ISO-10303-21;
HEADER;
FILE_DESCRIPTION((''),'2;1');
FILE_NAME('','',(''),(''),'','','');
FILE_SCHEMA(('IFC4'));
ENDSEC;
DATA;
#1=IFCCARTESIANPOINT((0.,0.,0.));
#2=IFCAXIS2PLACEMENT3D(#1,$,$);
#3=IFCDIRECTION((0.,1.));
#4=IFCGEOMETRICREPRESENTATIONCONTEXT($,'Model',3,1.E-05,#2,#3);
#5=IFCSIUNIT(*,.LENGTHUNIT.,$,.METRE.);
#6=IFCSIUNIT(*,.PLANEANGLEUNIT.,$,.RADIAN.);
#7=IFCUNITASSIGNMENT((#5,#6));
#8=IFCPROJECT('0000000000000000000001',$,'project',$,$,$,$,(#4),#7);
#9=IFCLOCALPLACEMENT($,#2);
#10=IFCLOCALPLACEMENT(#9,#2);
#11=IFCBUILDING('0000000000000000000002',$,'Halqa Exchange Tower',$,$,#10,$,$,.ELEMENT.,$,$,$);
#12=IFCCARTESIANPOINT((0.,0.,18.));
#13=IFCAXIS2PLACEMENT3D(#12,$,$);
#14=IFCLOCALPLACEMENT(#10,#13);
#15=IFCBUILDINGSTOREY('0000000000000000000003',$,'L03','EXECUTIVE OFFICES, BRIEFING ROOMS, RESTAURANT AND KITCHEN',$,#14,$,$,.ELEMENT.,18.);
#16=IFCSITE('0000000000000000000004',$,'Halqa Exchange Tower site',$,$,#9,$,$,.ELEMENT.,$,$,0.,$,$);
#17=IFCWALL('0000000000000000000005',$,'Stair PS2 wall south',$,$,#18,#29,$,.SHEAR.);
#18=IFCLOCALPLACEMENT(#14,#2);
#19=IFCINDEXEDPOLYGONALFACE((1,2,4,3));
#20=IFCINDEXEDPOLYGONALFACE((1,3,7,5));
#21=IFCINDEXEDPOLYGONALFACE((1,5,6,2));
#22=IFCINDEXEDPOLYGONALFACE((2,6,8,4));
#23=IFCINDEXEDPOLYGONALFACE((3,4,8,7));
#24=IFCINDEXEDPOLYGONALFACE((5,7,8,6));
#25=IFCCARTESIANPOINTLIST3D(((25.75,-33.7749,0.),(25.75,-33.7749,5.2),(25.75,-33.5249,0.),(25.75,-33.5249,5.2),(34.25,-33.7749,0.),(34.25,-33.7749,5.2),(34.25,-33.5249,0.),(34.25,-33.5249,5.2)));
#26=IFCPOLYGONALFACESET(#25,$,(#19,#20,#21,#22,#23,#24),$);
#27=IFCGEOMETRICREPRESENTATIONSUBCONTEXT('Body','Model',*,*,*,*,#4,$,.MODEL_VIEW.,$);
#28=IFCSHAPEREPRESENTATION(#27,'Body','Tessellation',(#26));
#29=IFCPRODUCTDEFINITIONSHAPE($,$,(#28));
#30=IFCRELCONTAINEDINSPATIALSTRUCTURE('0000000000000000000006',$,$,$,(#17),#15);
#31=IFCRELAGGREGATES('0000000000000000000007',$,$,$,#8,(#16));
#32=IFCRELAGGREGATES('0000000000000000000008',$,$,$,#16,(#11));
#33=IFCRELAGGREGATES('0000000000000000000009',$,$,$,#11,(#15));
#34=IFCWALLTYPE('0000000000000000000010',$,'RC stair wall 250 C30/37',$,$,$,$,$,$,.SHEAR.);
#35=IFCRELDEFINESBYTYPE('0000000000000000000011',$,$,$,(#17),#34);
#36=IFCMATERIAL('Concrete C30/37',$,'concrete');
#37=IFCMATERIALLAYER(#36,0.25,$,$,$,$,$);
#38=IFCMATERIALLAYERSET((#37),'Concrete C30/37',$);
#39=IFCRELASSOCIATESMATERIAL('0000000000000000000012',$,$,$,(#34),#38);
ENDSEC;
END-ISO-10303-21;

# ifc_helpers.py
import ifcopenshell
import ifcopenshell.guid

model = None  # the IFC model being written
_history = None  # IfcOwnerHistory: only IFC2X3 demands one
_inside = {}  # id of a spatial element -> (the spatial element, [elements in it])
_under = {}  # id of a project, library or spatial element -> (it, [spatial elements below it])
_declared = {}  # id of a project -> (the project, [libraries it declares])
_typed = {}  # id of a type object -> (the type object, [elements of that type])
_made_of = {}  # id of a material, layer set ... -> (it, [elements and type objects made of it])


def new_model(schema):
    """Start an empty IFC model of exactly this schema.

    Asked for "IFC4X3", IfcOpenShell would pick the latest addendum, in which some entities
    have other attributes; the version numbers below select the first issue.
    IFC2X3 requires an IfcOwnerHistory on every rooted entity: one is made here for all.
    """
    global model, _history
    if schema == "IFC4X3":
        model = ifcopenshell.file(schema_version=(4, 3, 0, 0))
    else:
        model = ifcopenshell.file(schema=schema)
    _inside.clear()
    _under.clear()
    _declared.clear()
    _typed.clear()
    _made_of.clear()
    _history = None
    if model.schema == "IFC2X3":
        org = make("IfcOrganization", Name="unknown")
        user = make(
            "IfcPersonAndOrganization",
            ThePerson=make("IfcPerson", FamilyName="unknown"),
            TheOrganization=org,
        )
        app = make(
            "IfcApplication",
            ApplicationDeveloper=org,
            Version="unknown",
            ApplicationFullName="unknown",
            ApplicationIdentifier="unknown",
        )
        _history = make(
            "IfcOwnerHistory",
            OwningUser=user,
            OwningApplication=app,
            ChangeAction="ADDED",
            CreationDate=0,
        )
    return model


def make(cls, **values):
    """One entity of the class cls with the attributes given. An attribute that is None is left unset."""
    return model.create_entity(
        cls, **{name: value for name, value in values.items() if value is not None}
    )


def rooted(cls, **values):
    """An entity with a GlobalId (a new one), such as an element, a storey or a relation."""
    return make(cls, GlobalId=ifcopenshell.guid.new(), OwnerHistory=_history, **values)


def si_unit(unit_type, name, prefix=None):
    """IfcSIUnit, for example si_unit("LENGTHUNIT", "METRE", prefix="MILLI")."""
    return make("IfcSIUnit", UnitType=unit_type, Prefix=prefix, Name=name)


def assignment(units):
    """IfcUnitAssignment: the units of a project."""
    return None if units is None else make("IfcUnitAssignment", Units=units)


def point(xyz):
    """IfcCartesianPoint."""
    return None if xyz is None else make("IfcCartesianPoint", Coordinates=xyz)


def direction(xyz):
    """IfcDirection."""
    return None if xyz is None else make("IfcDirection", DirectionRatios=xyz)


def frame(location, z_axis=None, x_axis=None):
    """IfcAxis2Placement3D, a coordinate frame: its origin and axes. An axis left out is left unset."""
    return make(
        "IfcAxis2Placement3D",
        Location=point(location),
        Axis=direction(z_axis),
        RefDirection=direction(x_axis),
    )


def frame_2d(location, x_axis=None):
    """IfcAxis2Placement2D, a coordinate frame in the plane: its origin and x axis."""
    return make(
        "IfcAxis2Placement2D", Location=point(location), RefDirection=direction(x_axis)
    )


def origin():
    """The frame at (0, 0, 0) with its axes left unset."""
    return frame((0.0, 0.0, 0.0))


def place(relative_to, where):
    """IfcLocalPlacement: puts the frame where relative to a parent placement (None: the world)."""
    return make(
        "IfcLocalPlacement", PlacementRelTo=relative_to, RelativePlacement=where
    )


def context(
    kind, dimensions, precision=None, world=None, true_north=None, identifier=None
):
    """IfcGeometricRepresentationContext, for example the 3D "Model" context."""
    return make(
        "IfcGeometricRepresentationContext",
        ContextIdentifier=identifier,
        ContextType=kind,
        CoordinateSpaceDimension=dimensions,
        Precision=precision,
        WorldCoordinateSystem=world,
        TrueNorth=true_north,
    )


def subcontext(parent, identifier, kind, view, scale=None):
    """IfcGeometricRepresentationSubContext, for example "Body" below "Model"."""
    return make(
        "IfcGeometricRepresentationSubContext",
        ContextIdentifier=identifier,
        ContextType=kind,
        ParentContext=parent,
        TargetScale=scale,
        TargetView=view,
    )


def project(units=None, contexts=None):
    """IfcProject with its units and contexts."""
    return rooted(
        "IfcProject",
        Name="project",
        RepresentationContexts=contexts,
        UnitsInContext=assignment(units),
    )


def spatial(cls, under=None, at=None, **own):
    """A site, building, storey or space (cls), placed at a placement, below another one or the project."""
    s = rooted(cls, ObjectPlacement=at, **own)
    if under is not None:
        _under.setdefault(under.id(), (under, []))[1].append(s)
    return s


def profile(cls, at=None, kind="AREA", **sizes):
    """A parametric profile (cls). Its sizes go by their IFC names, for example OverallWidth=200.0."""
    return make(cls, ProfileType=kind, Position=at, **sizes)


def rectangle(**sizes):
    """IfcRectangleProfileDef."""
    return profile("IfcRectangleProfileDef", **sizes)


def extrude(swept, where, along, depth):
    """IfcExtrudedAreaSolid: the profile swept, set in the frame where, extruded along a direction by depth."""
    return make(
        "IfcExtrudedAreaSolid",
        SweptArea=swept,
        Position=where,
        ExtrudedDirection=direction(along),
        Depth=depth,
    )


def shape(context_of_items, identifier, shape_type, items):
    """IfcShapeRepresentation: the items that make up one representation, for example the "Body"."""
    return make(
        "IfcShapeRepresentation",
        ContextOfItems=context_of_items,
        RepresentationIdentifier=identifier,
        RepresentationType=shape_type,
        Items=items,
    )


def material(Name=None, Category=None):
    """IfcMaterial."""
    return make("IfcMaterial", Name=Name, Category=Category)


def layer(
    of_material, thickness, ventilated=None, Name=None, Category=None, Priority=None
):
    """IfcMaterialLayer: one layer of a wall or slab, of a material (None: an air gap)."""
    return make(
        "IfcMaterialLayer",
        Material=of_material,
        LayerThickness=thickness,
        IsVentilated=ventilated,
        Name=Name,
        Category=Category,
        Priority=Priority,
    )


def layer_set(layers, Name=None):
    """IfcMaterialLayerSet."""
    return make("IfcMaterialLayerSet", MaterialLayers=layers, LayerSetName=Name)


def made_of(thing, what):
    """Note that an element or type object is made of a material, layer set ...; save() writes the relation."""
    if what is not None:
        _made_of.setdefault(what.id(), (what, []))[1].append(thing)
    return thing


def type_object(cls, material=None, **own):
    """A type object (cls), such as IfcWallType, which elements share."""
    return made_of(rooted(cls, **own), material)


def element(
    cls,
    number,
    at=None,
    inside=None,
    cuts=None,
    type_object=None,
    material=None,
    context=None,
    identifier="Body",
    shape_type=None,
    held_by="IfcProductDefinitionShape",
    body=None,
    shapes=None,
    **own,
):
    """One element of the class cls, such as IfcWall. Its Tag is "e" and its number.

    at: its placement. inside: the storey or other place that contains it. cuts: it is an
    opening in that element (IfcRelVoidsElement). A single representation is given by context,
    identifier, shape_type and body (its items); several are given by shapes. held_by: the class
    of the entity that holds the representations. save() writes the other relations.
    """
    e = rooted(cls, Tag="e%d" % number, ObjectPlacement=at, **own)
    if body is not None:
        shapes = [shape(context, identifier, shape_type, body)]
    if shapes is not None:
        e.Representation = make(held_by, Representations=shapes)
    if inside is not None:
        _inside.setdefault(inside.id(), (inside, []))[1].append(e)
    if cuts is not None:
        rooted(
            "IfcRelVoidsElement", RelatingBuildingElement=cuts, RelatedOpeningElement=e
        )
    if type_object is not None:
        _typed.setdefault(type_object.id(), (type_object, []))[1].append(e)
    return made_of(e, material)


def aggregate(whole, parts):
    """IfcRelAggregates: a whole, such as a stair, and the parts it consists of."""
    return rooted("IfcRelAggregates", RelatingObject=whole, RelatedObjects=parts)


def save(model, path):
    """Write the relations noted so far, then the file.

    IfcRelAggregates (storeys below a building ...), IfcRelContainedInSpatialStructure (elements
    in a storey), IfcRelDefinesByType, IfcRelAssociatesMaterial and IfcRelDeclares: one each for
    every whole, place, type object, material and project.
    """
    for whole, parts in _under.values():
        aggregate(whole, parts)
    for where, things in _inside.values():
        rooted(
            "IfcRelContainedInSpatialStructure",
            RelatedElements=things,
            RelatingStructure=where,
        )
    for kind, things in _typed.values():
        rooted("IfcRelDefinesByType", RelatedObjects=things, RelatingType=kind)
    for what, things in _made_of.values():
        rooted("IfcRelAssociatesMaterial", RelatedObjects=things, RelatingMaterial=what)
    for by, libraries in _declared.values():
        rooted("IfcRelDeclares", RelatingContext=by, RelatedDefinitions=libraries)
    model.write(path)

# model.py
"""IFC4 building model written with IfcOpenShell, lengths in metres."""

from ifc_helpers import new_model, si_unit, direction, frame, frame_2d, origin, place, context, subcontext, project, spatial, rectangle, extrude, material, layer, layer_set, type_object, element, save


model = new_model("IFC4")

# Units and contexts
model_context = context("Model", 3, precision=1e-05, world=origin(), true_north=direction((0.0, 1.0)))
body_context = subcontext(model_context, "Body", "Model", "MODEL_VIEW")
ifc_project = project(units=[si_unit("LENGTHUNIT", "METRE"), si_unit("PLANEANGLEUNIT", "RADIAN")], contexts=[model_context])

# Site, building, storey
site_placement = place(None, origin())
site = spatial("IfcSite", under=ifc_project, at=site_placement, Name="Halqa Exchange Tower site", CompositionType="ELEMENT", RefElevation=0.0)
building_placement = place(site_placement, origin())
building = spatial("IfcBuilding", under=site, at=building_placement, Name="Halqa Exchange Tower", CompositionType="ELEMENT")
storey_placement = place(building_placement, frame((0.0, 0.0, 18.0)))
storey = spatial("IfcBuildingStorey", under=building, at=storey_placement, Name="L03", Description="EXECUTIVE OFFICES, BRIEFING ROOMS, RESTAURANT AND KITCHEN", CompositionType="ELEMENT", Elevation=18.0)

# Wall
ifc_material_1 = material(Name="Concrete C30/37", Category="concrete")
ifc_layer_1 = layer(ifc_material_1, 0.25)
ifc_layer_set_1 = layer_set([ifc_layer_1], Name="Concrete C30/37")
wall_type_1 = type_object("IfcWallType", Name="RC stair wall 250 C30/37", PredefinedType="SHEAR", material=ifc_layer_set_1)
wall_1_placement = place(storey_placement, frame((25.75, -33.6499, 0.0), z_axis=(0.0, 0.0, 1.0), x_axis=(1.0, 0.0, 0.0)))
element("IfcWall", 1, at=wall_1_placement, inside=storey, type_object=wall_type_1, Name="Stair PS2 wall south", PredefinedType="SHEAR", context=body_context, shape_type="SweptSolid", body=[
    extrude(rectangle(XDim=8.5, YDim=0.25, at=frame_2d((4.25, 0.0))), origin(), (0.0, 0.0, 1.0), 5.2),
])

save(model, "model.ifc")
